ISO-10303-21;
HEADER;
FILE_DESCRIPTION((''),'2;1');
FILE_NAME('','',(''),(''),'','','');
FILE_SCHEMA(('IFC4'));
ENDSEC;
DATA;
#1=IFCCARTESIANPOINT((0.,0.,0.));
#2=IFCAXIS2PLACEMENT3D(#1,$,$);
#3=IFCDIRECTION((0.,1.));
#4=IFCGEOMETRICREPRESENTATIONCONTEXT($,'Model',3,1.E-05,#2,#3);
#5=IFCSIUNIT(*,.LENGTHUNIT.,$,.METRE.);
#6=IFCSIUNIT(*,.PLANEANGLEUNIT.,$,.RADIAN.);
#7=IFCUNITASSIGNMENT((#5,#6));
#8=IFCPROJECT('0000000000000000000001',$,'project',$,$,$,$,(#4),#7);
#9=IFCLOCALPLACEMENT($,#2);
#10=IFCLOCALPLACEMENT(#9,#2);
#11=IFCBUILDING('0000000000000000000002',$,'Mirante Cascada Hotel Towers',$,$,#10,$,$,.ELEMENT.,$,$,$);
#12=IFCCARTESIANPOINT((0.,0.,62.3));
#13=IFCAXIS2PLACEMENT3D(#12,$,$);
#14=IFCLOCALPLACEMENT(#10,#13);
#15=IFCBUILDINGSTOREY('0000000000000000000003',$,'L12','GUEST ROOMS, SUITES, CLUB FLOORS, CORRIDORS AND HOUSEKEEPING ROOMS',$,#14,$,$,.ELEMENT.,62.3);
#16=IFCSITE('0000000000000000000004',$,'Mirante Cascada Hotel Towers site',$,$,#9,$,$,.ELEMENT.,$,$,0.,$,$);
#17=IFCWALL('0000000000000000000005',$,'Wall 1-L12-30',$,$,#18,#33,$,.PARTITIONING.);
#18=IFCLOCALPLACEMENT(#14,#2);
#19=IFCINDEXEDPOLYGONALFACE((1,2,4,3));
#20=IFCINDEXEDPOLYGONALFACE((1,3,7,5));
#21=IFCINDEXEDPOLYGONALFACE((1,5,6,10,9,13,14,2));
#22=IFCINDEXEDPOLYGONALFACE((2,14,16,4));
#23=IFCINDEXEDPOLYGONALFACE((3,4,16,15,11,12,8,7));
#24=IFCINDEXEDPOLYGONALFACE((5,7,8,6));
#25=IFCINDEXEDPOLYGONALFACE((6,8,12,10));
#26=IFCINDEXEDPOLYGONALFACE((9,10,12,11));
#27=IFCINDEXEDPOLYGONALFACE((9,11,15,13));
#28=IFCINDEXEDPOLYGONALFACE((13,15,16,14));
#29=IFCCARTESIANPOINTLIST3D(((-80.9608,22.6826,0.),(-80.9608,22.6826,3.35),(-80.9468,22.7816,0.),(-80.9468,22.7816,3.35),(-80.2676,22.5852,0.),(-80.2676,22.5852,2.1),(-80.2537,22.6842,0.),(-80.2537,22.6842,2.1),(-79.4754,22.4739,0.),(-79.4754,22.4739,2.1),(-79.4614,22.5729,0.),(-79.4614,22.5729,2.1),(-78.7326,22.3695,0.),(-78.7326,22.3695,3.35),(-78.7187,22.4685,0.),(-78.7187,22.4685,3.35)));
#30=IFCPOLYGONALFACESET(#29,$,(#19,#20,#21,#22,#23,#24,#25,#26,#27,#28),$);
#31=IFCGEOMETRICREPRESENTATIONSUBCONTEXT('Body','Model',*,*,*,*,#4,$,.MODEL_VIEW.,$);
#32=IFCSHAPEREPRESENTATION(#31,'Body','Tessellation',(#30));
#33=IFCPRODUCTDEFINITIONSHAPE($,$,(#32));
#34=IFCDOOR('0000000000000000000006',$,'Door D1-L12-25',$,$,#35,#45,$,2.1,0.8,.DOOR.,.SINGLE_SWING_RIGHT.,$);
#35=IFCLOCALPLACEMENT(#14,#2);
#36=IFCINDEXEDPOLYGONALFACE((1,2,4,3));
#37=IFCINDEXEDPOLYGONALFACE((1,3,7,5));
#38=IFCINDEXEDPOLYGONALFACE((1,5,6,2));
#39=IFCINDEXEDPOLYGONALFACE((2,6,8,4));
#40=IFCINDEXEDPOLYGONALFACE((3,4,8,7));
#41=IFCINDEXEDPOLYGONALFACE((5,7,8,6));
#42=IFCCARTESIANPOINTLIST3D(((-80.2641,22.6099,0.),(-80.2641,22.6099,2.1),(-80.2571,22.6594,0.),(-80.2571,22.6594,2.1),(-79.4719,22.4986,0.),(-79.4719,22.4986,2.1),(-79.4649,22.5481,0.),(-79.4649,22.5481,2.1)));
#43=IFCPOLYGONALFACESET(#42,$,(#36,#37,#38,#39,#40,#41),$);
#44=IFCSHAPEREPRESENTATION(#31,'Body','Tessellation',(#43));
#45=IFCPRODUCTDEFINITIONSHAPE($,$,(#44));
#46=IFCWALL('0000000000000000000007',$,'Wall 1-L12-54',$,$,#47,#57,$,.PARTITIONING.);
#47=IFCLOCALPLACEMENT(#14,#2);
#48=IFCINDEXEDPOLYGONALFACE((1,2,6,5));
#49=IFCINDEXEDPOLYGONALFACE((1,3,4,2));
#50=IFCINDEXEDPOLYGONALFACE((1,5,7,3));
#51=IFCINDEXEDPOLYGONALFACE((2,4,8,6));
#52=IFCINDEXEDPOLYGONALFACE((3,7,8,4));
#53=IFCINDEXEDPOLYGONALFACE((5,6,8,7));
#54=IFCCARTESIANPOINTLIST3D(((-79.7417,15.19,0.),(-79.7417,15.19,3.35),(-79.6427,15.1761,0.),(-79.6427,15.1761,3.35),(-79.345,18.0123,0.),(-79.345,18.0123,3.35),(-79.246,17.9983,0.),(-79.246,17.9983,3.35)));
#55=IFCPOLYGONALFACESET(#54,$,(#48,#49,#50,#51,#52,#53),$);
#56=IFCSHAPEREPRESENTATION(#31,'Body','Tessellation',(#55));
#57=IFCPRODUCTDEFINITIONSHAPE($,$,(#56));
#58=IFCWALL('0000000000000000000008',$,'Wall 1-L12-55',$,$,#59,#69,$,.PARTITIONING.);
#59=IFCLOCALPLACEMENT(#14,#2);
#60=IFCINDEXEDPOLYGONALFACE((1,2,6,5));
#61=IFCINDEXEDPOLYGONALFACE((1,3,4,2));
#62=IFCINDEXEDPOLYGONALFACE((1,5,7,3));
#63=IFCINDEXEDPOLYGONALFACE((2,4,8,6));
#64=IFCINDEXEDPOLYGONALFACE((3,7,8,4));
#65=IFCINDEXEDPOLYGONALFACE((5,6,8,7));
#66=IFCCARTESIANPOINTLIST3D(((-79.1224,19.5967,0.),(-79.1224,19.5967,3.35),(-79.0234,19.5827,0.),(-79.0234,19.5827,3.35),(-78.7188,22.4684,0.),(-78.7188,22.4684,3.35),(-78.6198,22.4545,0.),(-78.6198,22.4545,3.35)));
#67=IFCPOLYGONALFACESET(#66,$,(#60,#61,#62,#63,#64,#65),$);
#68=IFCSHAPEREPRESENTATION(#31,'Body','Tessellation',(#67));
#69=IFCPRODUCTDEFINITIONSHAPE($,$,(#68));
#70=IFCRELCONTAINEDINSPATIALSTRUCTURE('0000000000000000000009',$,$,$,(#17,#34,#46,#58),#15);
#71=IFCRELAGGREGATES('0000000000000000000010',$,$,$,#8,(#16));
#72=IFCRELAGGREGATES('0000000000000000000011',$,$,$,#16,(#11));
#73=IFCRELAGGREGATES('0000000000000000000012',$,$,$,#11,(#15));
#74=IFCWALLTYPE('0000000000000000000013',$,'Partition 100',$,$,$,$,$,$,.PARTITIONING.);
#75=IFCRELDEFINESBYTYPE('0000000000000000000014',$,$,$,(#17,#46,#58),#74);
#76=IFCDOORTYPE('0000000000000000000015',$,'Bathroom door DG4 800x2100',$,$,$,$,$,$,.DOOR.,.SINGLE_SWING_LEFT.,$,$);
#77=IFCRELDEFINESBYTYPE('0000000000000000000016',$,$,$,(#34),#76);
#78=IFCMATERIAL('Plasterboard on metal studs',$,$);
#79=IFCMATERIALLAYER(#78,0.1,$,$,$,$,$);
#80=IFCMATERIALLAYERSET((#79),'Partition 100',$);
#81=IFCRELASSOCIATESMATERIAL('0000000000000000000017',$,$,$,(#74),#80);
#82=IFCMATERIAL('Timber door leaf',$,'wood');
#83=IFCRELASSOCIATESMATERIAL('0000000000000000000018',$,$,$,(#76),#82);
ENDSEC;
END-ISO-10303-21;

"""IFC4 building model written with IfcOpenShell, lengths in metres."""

from ifc_helpers import new_model, si_unit, direction, frame, frame_2d, origin, place, context, subcontext, project, spatial, rectangle, extrude, material, layer, layer_set, type_object, element, fill, save


model = new_model("IFC4")

# Units and contexts
model_context = context("Model", 3, precision=1e-05, world=origin(), true_north=direction((0.0, 1.0)))
body_context = subcontext(model_context, "Body", "Model", "MODEL_VIEW")
ifc_project = project(units=[si_unit("LENGTHUNIT", "METRE"), si_unit("PLANEANGLEUNIT", "RADIAN")], contexts=[model_context])

# Site, building, storey
site_placement = place(None, origin())
site = spatial("IfcSite", under=ifc_project, at=site_placement, Name="Mirante Cascada Hotel Towers site", CompositionType="ELEMENT", RefElevation=0.0)
building_placement = place(site_placement, origin())
building = spatial("IfcBuilding", under=site, at=building_placement, Name="Mirante Cascada Hotel Towers", CompositionType="ELEMENT")
storey_placement = place(building_placement, frame((0.0, 0.0, 62.3)))
storey = spatial("IfcBuildingStorey", under=building, at=storey_placement, Name="L12", Description="GUEST ROOMS, SUITES, CLUB FLOORS, CORRIDORS AND HOUSEKEEPING ROOMS", CompositionType="ELEMENT", Elevation=62.3)

# Shared definitions
ifc_material_1 = material(Name="Plasterboard on metal studs")
ifc_layer_1 = layer(ifc_material_1, 0.1)
ifc_layer_set_1 = layer_set([ifc_layer_1], Name="Partition 100")
wall_type_1 = type_object("IfcWallType", Name="Partition 100", PredefinedType="PARTITIONING", material=ifc_layer_set_1)
ifc_material_2 = material(Name="Timber door leaf", Category="wood")
door_type = type_object("IfcDoorType", Name="Bathroom door DG4 800x2100", OperationType="SINGLE_SWING_LEFT", PredefinedType="DOOR", material=ifc_material_2)

# Wall, opening, door
wall_1_placement = place(storey_placement, frame((-80.9538, 22.7321, 0.0), z_axis=(0.0, 0.0, 1.0), x_axis=(0.990271, -0.139156, 0.0)))
wall_1 = element("IfcWall", 1, at=wall_1_placement, inside=storey, type_object=wall_type_1, Name="Wall 1-L12-30", PredefinedType="PARTITIONING", context=body_context, shape_type="SweptSolid", body=[
    extrude(rectangle(XDim=2.25, YDim=0.1, at=frame_2d((1.125, 0.0))), origin(), (0.0, 0.0, 1.0), 3.35),
])
opening_1_placement = place(wall_1_placement, frame((0.7, 0.0, 0.0)))
opening_1 = element("IfcOpeningElement", 2, at=opening_1_placement, cuts=wall_1, PredefinedType="OPENING", context=body_context, shape_type="SweptSolid", body=[
    extrude(rectangle(XDim=0.8, YDim=2.1, at=frame_2d((0.4, 1.05))), frame((0.0, 0.05, 0.0), z_axis=(0.0, -1.0, 0.0), x_axis=(1.0, 0.0, 0.0)), (0.0, 0.0, 1.0), 0.1),
])
door_1_placement = place(opening_1_placement, frame((0.8, 0.0, 0.0), z_axis=(0.0, 0.0, 1.0), x_axis=(-1.0, 0.0, 0.0)))
door_1 = element("IfcDoor", 3, at=door_1_placement, inside=storey, type_object=door_type, Name="Door D1-L12-25", OperationType="SINGLE_SWING_RIGHT", OverallHeight=2.1, OverallWidth=0.8, PredefinedType="DOOR", context=body_context, shape_type="SweptSolid", body=[
    extrude(rectangle(XDim=0.8, YDim=2.1, at=frame_2d((0.4, 1.05))), frame((0.0, 0.025, 0.0), z_axis=(0.0, -1.0, 0.0), x_axis=(1.0, 0.0, 0.0)), (0.0, 0.0, 1.0), 0.05),
])
fill(opening_1, door_1)

# Walls
wall_2_placement = place(storey_placement, frame((-79.2955, 18.0053, 0.0), z_axis=(0.0, 0.0, 1.0), x_axis=(-0.139191, -0.990266, 0.0)))
element("IfcWall", 4, at=wall_2_placement, inside=storey, type_object=wall_type_1, Name="Wall 1-L12-54", PredefinedType="PARTITIONING", context=body_context, shape_type="SweptSolid", body=[
    extrude(rectangle(XDim=2.85, YDim=0.1, at=frame_2d((1.425, 0.0))), origin(), (0.0, 0.0, 1.0), 3.35),
])
wall_3_placement = place(storey_placement, frame((-79.0729, 19.5897, 0.0), z_axis=(0.0, 0.0, 1.0), x_axis=(0.139171, 0.990268, 0.0)))
element("IfcWall", 5, at=wall_3_placement, inside=storey, type_object=wall_type_1, Name="Wall 1-L12-55", PredefinedType="PARTITIONING", context=body_context, shape_type="SweptSolid", body=[
    extrude(rectangle(XDim=2.9, YDim=0.1, at=frame_2d((1.45, 0.0))), origin(), (0.0, 0.0, 1.0), 3.35),
])

save(model, "model.ifc")
